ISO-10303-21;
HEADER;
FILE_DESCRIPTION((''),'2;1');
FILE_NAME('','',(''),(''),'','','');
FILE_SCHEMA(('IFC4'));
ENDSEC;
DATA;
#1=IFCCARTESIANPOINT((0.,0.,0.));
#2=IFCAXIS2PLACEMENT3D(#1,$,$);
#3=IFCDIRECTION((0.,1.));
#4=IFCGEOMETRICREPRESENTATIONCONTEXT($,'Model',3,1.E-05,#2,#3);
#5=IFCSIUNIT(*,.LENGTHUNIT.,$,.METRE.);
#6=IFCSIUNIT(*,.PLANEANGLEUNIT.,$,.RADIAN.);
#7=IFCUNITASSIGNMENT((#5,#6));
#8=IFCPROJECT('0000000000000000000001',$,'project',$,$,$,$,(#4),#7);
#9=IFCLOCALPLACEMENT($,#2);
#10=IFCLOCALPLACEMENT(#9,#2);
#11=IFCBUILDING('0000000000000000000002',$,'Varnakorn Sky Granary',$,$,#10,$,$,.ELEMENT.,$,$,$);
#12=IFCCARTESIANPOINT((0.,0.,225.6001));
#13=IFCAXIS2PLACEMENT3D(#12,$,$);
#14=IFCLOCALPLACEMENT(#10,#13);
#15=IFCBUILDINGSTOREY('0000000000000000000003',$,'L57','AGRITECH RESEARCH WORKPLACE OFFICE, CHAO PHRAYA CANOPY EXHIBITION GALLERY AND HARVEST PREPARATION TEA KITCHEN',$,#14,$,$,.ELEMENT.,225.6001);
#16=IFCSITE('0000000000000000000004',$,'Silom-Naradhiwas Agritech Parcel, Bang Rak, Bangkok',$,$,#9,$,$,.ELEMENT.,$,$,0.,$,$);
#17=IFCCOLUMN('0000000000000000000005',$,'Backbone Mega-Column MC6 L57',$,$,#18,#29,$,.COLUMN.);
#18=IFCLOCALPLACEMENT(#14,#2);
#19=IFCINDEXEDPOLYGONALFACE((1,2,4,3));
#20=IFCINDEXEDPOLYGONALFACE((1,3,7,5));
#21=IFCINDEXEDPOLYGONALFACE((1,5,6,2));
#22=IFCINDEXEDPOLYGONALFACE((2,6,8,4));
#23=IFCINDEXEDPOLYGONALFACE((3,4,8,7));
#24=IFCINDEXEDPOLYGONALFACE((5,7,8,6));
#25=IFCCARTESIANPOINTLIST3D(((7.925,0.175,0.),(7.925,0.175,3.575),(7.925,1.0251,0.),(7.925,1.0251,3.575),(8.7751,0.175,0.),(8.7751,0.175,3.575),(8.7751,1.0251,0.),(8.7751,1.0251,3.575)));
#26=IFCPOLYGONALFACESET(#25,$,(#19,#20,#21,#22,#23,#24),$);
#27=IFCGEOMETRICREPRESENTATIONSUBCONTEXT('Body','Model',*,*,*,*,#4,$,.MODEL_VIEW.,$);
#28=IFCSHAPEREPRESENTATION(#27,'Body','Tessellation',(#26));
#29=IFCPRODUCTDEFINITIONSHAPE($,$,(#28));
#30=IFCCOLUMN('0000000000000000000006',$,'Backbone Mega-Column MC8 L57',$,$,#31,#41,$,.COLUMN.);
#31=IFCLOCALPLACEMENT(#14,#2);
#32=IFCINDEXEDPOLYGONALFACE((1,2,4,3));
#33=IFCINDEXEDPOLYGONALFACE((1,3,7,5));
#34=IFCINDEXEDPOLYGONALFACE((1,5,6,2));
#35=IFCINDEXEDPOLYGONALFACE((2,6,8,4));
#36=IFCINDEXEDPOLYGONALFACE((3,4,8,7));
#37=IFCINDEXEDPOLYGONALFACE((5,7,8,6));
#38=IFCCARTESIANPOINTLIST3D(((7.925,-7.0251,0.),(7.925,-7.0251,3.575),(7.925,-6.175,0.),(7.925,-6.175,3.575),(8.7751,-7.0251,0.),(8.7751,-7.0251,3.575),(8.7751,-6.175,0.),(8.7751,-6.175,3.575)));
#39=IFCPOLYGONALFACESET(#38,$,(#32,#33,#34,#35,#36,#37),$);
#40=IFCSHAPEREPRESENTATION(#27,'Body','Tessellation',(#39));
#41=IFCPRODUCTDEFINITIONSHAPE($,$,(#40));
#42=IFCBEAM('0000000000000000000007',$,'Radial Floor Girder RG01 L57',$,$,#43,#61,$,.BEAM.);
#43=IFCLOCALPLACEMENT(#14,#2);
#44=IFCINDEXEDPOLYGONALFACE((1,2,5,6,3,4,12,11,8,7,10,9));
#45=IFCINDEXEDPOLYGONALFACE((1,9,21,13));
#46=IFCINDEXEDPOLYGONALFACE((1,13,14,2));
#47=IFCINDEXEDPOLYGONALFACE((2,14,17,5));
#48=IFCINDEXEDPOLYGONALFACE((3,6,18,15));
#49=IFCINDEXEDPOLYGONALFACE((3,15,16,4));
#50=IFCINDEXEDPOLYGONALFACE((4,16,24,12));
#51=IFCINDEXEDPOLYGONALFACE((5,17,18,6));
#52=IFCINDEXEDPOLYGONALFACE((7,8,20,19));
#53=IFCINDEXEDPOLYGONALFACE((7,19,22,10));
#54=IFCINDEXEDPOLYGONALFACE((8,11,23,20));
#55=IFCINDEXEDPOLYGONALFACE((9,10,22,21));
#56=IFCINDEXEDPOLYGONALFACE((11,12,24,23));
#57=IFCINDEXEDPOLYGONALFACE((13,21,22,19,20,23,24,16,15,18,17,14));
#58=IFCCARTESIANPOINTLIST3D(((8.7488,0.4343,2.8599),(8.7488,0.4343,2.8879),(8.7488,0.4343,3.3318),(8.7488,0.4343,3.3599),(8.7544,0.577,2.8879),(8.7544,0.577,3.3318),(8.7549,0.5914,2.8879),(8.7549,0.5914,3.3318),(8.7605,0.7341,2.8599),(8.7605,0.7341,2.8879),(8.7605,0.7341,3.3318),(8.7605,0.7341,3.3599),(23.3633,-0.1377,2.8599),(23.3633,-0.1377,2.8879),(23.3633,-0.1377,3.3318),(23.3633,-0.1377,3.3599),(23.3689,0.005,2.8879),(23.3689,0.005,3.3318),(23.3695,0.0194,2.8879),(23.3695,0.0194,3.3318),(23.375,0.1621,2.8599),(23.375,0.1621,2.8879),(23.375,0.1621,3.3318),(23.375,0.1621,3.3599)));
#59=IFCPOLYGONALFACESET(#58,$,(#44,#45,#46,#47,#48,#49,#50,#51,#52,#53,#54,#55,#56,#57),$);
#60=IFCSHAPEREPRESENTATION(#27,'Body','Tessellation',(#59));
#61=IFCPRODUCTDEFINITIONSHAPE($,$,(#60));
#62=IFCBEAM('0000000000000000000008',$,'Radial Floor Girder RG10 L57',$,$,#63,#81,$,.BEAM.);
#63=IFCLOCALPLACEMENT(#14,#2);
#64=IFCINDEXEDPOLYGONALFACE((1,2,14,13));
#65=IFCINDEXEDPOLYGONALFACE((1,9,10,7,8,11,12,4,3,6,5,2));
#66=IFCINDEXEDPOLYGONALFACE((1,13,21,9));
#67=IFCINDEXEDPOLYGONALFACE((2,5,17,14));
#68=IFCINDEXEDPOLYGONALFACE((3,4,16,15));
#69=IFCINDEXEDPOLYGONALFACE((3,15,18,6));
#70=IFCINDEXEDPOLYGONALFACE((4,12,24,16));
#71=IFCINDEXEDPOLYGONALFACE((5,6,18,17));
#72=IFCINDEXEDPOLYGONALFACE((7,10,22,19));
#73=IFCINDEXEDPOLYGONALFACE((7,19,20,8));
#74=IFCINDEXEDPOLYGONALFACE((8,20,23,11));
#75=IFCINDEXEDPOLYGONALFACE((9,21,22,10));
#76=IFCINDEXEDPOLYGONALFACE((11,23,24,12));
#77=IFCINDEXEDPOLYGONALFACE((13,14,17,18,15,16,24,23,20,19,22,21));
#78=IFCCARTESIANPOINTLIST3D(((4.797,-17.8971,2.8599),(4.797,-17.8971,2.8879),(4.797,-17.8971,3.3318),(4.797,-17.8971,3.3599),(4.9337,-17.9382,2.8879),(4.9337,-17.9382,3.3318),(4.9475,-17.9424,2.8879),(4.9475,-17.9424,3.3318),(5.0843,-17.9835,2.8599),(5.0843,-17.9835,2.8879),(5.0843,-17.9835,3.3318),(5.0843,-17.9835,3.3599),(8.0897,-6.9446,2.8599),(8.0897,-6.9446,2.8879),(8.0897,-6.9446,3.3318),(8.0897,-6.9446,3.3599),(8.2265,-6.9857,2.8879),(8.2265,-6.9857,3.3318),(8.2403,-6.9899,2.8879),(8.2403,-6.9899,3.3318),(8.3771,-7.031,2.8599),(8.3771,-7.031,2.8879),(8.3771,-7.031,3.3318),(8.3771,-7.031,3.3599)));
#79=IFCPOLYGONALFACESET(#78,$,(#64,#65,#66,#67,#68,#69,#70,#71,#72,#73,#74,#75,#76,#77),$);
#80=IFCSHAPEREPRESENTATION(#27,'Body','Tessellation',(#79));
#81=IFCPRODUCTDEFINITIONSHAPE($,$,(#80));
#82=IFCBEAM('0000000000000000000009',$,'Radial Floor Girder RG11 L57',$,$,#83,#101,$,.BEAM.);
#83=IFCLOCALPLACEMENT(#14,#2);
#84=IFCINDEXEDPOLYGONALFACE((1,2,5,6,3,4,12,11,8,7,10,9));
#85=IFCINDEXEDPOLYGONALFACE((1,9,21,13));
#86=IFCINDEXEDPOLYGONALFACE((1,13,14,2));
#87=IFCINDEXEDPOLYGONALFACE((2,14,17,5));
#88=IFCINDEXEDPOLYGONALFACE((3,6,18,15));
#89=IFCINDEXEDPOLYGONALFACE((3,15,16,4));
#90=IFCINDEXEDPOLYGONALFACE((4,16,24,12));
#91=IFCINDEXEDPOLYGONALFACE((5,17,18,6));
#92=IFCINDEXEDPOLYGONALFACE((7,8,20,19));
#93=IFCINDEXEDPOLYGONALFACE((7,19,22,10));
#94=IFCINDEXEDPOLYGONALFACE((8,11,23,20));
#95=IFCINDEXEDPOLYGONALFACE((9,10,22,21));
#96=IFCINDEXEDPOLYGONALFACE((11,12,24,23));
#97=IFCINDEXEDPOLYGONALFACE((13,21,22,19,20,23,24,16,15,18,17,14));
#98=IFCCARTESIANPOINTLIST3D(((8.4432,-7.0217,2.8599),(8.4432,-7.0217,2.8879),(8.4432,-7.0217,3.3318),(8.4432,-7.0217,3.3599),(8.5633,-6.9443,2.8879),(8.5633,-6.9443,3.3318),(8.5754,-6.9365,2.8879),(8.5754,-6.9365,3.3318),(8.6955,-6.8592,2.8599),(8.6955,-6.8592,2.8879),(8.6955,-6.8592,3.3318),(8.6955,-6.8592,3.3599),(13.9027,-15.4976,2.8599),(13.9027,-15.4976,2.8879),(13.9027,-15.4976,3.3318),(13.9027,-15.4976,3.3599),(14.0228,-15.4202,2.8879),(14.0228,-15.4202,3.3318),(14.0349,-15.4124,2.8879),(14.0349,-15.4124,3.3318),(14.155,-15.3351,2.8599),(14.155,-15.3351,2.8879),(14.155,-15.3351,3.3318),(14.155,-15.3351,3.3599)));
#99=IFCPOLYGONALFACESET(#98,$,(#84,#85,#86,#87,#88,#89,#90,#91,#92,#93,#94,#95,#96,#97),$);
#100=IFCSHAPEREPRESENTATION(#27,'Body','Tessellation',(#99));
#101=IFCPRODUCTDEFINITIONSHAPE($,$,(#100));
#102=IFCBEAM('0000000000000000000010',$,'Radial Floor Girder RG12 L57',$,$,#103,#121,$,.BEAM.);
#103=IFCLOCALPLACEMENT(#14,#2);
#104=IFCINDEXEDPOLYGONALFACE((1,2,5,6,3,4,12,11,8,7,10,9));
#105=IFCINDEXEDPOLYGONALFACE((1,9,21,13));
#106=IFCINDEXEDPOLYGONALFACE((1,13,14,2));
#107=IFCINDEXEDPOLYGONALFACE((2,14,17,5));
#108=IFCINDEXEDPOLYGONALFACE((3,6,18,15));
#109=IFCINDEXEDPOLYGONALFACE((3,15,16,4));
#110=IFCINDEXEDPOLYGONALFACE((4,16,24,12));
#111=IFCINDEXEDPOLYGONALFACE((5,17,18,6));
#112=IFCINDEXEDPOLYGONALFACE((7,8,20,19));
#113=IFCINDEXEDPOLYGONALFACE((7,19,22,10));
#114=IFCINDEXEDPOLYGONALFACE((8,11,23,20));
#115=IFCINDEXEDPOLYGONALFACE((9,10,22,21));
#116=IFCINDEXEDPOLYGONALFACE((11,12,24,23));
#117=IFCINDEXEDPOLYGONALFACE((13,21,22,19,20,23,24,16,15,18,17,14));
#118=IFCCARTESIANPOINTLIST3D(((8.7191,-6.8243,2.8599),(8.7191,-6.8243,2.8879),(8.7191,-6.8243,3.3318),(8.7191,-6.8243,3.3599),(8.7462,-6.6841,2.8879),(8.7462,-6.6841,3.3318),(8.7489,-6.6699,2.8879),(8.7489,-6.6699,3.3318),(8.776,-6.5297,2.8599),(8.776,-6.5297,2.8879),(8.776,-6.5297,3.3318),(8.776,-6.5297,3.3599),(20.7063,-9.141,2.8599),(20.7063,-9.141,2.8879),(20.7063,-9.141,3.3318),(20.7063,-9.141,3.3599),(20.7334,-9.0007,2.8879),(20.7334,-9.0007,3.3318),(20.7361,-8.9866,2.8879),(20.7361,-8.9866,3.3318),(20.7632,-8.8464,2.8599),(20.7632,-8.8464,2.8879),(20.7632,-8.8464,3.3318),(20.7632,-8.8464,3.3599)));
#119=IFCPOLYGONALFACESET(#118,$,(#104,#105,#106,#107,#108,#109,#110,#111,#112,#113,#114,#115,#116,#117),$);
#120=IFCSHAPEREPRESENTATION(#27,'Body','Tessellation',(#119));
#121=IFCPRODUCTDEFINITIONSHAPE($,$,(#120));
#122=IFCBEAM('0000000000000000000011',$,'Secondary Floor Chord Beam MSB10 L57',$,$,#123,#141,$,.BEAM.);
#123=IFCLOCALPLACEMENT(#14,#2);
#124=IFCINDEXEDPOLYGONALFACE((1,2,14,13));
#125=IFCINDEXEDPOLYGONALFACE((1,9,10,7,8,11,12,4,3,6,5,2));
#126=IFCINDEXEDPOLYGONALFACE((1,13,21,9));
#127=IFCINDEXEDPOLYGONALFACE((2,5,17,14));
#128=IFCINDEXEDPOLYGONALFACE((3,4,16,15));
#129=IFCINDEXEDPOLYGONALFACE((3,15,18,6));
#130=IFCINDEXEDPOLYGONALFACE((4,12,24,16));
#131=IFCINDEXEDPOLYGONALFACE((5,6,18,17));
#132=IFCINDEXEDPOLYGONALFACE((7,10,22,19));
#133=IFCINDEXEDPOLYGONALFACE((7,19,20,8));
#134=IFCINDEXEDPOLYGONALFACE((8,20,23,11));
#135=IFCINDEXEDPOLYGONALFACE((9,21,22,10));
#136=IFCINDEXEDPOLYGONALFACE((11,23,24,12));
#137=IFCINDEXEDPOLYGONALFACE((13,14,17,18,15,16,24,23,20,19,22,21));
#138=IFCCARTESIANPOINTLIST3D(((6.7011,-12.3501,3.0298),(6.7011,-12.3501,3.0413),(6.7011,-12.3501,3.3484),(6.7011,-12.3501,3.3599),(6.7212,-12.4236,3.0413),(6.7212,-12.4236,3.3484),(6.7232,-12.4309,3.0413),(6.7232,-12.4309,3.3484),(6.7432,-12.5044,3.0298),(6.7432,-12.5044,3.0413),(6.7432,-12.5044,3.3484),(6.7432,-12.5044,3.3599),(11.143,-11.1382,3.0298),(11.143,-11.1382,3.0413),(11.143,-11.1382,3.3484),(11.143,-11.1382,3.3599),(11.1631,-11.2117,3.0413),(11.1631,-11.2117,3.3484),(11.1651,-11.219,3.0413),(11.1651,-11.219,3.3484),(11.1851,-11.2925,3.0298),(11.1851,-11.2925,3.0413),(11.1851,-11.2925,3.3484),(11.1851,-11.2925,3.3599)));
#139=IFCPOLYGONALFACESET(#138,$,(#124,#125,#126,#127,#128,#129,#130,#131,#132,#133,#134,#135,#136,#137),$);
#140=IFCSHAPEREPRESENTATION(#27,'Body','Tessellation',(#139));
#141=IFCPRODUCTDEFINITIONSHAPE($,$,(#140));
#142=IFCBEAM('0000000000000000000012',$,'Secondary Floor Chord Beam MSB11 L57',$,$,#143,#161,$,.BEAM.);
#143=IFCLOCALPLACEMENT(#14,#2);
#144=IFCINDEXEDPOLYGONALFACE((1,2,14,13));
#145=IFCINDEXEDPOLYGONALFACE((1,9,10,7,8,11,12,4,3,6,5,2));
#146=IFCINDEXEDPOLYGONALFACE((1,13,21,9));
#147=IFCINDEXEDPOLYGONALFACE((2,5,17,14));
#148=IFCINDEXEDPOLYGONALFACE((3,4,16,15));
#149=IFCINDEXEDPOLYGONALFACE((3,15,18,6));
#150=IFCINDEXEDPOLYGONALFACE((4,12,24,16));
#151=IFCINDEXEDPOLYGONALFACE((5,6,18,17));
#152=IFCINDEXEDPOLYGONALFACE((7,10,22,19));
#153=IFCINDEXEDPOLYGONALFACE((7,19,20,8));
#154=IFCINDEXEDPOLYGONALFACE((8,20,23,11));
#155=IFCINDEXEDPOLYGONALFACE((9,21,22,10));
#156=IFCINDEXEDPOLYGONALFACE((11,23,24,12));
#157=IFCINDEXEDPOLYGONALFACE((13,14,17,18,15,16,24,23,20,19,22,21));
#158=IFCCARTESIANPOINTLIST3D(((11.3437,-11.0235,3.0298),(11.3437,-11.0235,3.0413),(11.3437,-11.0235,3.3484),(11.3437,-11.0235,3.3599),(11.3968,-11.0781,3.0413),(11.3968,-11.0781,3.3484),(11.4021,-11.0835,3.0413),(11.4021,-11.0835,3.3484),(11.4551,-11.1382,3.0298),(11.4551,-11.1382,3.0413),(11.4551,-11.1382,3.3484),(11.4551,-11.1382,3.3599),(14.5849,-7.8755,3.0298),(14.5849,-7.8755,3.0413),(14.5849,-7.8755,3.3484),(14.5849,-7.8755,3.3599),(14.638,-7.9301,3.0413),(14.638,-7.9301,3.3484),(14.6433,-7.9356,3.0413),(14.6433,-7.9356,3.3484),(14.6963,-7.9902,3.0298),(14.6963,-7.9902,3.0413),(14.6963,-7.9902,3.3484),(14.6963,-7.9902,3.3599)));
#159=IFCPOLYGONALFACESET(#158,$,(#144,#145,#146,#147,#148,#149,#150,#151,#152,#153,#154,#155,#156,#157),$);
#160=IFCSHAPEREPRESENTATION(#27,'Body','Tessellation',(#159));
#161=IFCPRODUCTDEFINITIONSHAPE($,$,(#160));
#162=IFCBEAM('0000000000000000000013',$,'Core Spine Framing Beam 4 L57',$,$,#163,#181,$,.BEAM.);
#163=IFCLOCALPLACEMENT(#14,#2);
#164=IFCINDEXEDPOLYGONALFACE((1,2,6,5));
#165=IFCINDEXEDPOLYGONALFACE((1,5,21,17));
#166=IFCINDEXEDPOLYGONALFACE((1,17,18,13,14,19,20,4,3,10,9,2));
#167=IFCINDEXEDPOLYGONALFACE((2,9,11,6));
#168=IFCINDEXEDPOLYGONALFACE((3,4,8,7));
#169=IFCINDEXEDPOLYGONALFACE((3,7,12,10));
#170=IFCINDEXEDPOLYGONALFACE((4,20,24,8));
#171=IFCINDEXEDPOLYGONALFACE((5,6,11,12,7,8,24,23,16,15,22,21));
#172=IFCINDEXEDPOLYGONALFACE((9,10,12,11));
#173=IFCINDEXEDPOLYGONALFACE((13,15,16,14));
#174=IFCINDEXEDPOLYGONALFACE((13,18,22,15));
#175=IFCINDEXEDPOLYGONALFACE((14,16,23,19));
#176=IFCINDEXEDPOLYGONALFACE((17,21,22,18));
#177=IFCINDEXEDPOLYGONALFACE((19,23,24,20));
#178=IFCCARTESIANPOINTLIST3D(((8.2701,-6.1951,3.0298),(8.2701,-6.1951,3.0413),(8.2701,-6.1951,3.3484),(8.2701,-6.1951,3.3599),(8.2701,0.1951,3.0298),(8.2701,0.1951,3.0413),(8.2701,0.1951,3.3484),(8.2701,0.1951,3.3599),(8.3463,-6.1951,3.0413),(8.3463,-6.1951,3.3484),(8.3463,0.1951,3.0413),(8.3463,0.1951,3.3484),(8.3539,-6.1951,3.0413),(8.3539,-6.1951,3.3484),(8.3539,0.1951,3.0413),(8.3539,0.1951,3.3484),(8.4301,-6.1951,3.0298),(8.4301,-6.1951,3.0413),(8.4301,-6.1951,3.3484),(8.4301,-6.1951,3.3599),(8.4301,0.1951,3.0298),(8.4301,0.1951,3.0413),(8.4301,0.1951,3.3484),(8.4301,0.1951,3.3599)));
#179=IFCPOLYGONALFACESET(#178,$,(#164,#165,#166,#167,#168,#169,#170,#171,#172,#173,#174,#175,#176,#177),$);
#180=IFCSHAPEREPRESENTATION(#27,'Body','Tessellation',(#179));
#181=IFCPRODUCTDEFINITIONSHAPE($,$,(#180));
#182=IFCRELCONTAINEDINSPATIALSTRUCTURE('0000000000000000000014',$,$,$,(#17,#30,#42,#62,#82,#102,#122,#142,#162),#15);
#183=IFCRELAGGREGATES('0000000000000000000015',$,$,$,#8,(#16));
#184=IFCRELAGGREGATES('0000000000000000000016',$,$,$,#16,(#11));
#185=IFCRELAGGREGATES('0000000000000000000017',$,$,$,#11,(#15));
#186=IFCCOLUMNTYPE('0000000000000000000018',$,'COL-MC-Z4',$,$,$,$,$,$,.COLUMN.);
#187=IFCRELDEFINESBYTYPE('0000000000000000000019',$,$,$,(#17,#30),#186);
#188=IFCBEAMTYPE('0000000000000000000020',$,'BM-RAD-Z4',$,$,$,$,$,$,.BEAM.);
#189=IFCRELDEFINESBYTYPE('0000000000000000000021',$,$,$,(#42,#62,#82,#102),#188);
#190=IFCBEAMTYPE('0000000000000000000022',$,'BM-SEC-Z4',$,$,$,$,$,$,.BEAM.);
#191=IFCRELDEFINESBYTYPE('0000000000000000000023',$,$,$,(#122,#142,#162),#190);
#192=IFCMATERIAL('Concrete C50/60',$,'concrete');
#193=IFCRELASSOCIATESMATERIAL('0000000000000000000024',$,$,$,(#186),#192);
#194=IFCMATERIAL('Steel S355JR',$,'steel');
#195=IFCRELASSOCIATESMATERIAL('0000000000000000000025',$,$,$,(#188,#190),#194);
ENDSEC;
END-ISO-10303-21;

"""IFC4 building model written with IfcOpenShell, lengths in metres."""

from ifc_helpers import new_model, si_unit, direction, frame, origin, origin_2d, place, context, subcontext, project, spatial, rectangle, i_section, extrude, material, material_profile, profile_set, type_object, element, save


model = new_model("IFC4")

# Units and contexts
model_context = context("Model", 3, precision=1e-05, world=origin(), true_north=direction((0.0, 1.0)))
body_context = subcontext(model_context, "Body", "Model", "MODEL_VIEW")
ifc_project = project(units=[si_unit("LENGTHUNIT", "METRE"), si_unit("PLANEANGLEUNIT", "RADIAN")], contexts=[model_context])

# Site, building, storey
site_placement = place(None, origin())
site = spatial("IfcSite", under=ifc_project, at=site_placement, Name="Silom-Naradhiwas Agritech Parcel, Bang Rak, Bangkok", CompositionType="ELEMENT", RefElevation=0.0)
building_placement = place(site_placement, origin())
building = spatial("IfcBuilding", under=site, at=building_placement, Name="Varnakorn Sky Granary", CompositionType="ELEMENT")
storey_placement = place(building_placement, frame((0.0, 0.0, 225.6001)))
storey = spatial("IfcBuildingStorey", under=building, at=storey_placement, Name="L57", Description="AGRITECH RESEARCH WORKPLACE OFFICE, CHAO PHRAYA CANOPY EXHIBITION GALLERY AND HARVEST PREPARATION TEA KITCHEN", CompositionType="ELEMENT", Elevation=225.6001)

# Columns
ifc_material_1 = material(Name="Concrete C50/60", Category="concrete")
ifc_material_profile_1 = material_profile(ifc_material_1, rectangle(XDim=0.8501, YDim=0.8501, at=origin_2d()), Name="RC 850x850")
ifc_profile_set_1 = profile_set([ifc_material_profile_1], Name="Concrete C50/60")
column_type = type_object("IfcColumnType", Name="COL-MC-Z4", PredefinedType="COLUMN", material=ifc_profile_set_1)
for number, where, z_axis, x_axis, name in (
    (1, (8.3501, 0.6001, 0.0), (0.0, 0.0, 1.0), (1.0, 0.0, 0.0), "Backbone Mega-Column MC6 L57"),
    (2, (8.3501, -6.6001, 0.0), (0.0, 0.0, 1.0), (1.0, 0.0, 0.0), "Backbone Mega-Column MC8 L57"),
):
    element("IfcColumn", number, at=place(storey_placement, frame(where, z_axis=z_axis, x_axis=x_axis)), inside=storey, type_object=column_type, Name=name, PredefinedType="COLUMN", context=body_context, shape_type="SweptSolid", body=[
        extrude(rectangle(XDim=0.8501, YDim=0.8501, at=origin_2d()), origin(), (0.0, 0.0, 1.0), 3.575),
    ])

# Beams
ifc_material_2 = material(Name="Steel S355JR", Category="steel")
ifc_material_profile_2 = material_profile(ifc_material_2, i_section(OverallWidth=0.3, OverallDepth=0.5, WebThickness=0.0144, FlangeThickness=0.0281, at=origin_2d()), Name="HE 500 B")
ifc_profile_set_2 = profile_set([ifc_material_profile_2], Name="Steel S355JR")
beam_type_1 = type_object("IfcBeamType", Name="BM-RAD-Z4", PredefinedType="BEAM", material=ifc_profile_set_2)
beam_1_placement = place(storey_placement, frame((8.7546, 0.5842, 3.1099), z_axis=(0.999235, -0.039111, 0.0), x_axis=(0.039111, 0.999235, 0.0)))
element("IfcBeam", 3, at=beam_1_placement, inside=storey, type_object=beam_type_1, Name="Radial Floor Girder RG01 L57", PredefinedType="BEAM", context=body_context, shape_type="SweptSolid", body=[
    extrude(i_section(OverallWidth=0.3, OverallDepth=0.5, WebThickness=0.0144, FlangeThickness=0.0281, at=origin_2d()), origin(), (0.0, 0.0, 1.0), 14.6257),
])
beam_2_placement = place(storey_placement, frame((8.2334, -6.9878, 3.1099), z_axis=(-0.28791, -0.957657, 0.0), x_axis=(0.957657, -0.28791, 0.0)))
element("IfcBeam", 4, at=beam_2_placement, inside=storey, type_object=beam_type_1, Name="Radial Floor Girder RG10 L57", PredefinedType="BEAM", context=body_context, shape_type="SweptSolid", body=[
    extrude(i_section(OverallWidth=0.3, OverallDepth=0.5, WebThickness=0.0144, FlangeThickness=0.0281, at=origin_2d()), origin(), (0.0, 0.0, 1.0), 11.4368),
])
beam_3_placement = place(storey_placement, frame((8.5693, -6.9404, 3.1099), z_axis=(0.54151, -0.840694, 0.0), x_axis=(0.840694, 0.54151, 0.0)))
element("IfcBeam", 5, at=beam_3_placement, inside=storey, type_object=beam_type_1, Name="Radial Floor Girder RG11 L57", PredefinedType="BEAM", context=body_context, shape_type="SweptSolid", body=[
    extrude(i_section(OverallWidth=0.3, OverallDepth=0.5, WebThickness=0.0144, FlangeThickness=0.0281, at=origin_2d()), origin(), (0.0, 0.0, 1.0), 10.082),
])
beam_4_placement = place(storey_placement, frame((8.7476, -6.677, 3.1099), z_axis=(0.981832, -0.189751, 0.0), x_axis=(0.189751, 0.981832, 0.0)))
element("IfcBeam", 6, at=beam_4_placement, inside=storey, type_object=beam_type_1, Name="Radial Floor Girder RG12 L57", PredefinedType="BEAM", context=body_context, shape_type="SweptSolid", body=[
    extrude(i_section(OverallWidth=0.3, OverallDepth=0.5, WebThickness=0.0144, FlangeThickness=0.0281, at=origin_2d()), origin(), (0.0, 0.0, 1.0), 12.209),
])
ifc_material_profile_3 = material_profile(ifc_material_2, i_section(OverallWidth=0.1599, OverallDepth=0.3301, WebThickness=0.0076, FlangeThickness=0.0115, at=origin_2d()), Name="IPE 330")
ifc_profile_set_3 = profile_set([ifc_material_profile_3], Name="Steel S355JR")
beam_type_2 = type_object("IfcBeamType", Name="BM-SEC-Z4", PredefinedType="BEAM", material=ifc_profile_set_3)
beam_5_placement = place(storey_placement, frame((6.7222, -12.4272, 3.1948), z_axis=(0.964737, 0.263216, 0.0), x_axis=(-0.263216, 0.964737, 0.0)))
element("IfcBeam", 7, at=beam_5_placement, inside=storey, type_object=beam_type_2, Name="Secondary Floor Chord Beam MSB10 L57", PredefinedType="BEAM", context=body_context, shape_type="SweptSolid", body=[
    extrude(i_section(OverallWidth=0.1599, OverallDepth=0.3301, WebThickness=0.0076, FlangeThickness=0.0115, at=origin_2d()), origin(), (0.0, 0.0, 1.0), 4.6042),
])
beam_6_placement = place(storey_placement, frame((11.3994, -11.0808, 3.1948), z_axis=(0.717352, 0.696711, 0.0), x_axis=(-0.696711, 0.717352, 0.0)))
element("IfcBeam", 8, at=beam_6_placement, inside=storey, type_object=beam_type_2, Name="Secondary Floor Chord Beam MSB11 L57", PredefinedType="BEAM", context=body_context, shape_type="SweptSolid", body=[
    extrude(i_section(OverallWidth=0.1599, OverallDepth=0.3301, WebThickness=0.0076, FlangeThickness=0.0115, at=origin_2d()), origin(), (0.0, 0.0, 1.0), 4.5183),
])
beam_7_placement = place(storey_placement, frame((8.3501, 0.1951, 3.1948), z_axis=(0.0, -1.0, 0.0), x_axis=(1.0, 0.0, 0.0)))
element("IfcBeam", 9, at=beam_7_placement, inside=storey, type_object=beam_type_2, Name="Core Spine Framing Beam 4 L57", PredefinedType="BEAM", context=body_context, shape_type="SweptSolid", body=[
    extrude(i_section(OverallWidth=0.1599, OverallDepth=0.3301, WebThickness=0.0076, FlangeThickness=0.0115, at=origin_2d()), origin(), (0.0, 0.0, 1.0), 6.3901),
])

save(model, "model.ifc")
